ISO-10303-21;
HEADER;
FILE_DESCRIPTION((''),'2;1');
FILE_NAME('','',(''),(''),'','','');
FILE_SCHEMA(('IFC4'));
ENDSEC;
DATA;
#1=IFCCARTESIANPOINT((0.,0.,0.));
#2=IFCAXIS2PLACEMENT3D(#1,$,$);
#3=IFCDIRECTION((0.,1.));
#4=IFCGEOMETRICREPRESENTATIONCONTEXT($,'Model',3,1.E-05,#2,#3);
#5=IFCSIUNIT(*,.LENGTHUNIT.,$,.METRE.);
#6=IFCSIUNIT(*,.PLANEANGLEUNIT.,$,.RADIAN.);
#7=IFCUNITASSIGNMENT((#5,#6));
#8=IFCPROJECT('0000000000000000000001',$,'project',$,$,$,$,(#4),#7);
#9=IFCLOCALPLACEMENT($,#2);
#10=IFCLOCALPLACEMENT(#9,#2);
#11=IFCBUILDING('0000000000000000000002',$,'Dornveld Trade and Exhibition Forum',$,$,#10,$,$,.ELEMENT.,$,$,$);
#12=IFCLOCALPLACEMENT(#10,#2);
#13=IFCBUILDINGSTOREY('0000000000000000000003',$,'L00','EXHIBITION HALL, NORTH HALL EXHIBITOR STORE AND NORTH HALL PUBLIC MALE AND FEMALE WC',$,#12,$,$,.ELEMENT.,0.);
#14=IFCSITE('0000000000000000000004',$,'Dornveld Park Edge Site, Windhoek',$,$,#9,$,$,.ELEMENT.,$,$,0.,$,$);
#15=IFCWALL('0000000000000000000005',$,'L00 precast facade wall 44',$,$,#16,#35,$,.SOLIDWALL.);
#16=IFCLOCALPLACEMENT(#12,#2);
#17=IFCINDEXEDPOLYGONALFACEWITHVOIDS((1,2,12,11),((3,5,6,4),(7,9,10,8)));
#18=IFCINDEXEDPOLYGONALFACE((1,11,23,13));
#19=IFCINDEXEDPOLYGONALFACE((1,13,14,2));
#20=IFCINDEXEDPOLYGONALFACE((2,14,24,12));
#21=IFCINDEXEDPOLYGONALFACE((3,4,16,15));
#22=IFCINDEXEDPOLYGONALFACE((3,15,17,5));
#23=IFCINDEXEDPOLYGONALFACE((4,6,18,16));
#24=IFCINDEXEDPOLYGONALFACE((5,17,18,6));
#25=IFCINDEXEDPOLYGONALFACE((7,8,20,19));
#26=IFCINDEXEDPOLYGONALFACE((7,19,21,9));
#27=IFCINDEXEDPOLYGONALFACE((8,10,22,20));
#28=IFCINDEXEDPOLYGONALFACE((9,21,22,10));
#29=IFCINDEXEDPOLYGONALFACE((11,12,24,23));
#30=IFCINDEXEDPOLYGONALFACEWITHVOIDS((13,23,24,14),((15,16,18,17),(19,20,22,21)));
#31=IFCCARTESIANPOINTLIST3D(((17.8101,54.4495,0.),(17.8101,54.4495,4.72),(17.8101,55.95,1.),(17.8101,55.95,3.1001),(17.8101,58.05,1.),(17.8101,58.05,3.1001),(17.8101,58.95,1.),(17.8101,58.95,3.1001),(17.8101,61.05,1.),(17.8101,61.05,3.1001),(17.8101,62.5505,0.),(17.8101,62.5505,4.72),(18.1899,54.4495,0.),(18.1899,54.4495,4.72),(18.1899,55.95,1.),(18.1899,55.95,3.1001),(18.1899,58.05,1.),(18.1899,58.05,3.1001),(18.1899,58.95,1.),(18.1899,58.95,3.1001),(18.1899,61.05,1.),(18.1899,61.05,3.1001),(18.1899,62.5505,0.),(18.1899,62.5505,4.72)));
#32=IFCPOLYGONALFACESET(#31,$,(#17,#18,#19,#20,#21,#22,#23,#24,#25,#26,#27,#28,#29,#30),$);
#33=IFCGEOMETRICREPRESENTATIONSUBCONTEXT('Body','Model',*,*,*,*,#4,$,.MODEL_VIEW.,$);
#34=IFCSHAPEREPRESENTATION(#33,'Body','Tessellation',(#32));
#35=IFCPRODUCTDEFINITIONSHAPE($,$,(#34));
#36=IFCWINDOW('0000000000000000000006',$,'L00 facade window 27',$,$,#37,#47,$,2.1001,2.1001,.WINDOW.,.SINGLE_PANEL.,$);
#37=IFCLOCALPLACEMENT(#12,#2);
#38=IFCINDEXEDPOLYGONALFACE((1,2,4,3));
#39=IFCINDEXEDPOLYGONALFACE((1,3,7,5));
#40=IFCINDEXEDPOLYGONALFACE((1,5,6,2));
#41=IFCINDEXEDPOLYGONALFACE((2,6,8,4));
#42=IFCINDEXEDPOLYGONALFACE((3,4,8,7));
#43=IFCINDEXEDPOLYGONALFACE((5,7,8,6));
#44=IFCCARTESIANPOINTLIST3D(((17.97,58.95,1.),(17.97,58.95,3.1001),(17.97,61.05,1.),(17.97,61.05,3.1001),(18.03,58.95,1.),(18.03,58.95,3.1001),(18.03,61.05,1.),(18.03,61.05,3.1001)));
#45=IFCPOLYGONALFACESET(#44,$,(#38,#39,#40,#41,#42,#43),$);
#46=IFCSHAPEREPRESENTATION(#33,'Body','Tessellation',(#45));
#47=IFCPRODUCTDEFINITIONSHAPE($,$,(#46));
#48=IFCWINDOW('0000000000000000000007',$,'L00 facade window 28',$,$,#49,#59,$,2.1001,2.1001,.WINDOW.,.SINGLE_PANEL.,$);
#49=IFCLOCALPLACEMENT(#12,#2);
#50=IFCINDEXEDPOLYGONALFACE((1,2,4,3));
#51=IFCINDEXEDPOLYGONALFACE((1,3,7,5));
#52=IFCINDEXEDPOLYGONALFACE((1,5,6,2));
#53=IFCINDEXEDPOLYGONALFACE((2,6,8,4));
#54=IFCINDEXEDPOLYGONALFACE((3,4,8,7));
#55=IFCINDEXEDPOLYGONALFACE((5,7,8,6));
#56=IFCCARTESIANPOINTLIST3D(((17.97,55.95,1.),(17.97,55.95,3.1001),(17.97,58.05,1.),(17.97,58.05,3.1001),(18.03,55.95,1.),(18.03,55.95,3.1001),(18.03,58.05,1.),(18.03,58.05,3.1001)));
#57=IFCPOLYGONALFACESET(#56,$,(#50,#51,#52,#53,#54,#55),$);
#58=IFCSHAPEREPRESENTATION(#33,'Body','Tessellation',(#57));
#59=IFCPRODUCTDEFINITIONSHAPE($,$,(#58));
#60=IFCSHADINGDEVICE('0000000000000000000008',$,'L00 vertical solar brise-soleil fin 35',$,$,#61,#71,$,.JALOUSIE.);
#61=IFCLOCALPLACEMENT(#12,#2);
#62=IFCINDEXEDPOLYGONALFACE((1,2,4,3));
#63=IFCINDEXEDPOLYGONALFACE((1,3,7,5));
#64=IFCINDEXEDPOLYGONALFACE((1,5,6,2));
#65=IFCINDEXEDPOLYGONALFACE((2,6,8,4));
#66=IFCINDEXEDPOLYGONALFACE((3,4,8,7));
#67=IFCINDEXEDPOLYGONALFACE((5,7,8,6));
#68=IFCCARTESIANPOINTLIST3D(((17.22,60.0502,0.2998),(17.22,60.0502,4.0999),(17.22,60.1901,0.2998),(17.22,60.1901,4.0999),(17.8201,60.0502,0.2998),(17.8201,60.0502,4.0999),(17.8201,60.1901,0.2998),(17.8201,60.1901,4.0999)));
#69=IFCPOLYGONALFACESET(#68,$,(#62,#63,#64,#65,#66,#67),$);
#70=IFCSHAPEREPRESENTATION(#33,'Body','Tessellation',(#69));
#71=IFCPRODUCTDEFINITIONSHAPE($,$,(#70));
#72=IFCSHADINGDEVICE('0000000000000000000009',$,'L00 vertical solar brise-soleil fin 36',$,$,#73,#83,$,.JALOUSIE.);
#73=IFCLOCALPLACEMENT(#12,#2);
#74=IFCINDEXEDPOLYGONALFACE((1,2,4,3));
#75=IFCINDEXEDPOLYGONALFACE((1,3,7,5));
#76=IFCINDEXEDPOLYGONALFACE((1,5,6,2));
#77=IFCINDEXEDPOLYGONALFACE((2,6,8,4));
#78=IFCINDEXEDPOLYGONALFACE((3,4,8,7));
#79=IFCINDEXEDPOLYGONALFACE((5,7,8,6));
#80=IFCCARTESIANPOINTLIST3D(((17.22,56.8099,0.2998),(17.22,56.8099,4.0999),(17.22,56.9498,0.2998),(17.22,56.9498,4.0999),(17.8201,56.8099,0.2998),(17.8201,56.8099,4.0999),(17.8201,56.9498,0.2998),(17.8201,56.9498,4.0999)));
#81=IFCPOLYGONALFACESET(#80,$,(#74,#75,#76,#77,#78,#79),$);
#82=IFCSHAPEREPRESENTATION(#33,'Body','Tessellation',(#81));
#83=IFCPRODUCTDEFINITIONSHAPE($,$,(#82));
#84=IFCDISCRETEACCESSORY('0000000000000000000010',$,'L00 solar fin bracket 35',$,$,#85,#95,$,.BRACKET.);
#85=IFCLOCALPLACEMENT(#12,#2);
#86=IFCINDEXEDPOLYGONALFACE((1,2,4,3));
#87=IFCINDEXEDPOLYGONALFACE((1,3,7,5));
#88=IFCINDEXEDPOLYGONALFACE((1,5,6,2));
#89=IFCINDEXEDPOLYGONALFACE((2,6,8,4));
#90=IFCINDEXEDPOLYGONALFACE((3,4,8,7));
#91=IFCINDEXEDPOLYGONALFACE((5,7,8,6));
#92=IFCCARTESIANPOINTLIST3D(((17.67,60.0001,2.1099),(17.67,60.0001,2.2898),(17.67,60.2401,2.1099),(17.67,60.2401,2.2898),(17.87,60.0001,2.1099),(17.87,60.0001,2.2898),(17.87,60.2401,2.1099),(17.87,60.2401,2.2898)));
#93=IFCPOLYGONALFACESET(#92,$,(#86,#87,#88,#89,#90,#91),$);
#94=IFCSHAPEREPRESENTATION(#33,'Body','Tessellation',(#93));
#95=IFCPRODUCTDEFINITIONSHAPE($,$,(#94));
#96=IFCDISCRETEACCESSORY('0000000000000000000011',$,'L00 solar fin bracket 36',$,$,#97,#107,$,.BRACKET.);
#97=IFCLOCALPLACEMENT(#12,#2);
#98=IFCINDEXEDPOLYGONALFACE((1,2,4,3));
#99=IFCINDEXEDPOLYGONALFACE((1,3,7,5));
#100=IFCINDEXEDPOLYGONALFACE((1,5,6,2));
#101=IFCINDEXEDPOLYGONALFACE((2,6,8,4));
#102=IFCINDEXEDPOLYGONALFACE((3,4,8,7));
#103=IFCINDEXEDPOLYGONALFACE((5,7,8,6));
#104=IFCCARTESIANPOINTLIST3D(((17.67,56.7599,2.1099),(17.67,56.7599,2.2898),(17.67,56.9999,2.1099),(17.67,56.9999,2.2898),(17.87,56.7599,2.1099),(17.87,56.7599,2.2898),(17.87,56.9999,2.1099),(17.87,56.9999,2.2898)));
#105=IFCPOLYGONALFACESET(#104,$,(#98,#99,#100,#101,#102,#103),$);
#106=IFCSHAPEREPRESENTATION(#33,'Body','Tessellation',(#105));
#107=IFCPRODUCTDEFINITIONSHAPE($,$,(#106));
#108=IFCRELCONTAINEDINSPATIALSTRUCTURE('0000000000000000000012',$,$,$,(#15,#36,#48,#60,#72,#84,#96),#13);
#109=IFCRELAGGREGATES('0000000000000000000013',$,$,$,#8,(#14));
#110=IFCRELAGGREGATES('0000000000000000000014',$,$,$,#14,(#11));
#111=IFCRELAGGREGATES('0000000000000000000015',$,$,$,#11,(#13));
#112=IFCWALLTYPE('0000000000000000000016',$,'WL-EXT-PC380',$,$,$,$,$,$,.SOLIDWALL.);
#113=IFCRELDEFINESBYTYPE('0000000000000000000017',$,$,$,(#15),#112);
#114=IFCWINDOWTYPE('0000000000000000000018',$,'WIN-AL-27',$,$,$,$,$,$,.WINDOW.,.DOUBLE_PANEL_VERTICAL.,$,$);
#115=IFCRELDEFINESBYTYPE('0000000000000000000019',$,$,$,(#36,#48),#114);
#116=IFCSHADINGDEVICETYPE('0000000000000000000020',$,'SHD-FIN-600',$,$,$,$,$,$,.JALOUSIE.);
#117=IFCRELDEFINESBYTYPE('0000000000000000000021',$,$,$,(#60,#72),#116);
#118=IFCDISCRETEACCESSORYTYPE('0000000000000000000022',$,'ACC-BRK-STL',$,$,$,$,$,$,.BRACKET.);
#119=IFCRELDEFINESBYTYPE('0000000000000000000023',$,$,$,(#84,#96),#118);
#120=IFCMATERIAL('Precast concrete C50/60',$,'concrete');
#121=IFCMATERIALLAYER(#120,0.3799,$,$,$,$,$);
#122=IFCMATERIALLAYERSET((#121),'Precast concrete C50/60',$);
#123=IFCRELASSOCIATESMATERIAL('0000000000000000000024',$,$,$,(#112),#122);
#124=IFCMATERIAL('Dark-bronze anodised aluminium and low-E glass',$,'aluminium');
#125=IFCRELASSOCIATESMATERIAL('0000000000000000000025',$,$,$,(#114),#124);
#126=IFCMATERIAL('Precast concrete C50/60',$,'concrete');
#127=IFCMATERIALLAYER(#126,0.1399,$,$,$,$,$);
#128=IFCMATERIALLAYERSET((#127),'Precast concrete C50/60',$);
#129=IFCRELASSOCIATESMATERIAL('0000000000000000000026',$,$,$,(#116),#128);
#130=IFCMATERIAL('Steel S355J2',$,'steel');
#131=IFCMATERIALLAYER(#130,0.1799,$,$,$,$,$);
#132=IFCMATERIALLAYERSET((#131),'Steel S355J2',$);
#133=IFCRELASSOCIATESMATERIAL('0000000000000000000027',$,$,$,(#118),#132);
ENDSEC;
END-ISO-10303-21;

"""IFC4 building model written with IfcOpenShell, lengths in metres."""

from ifc_helpers import new_model, si_unit, direction, frame, frame_2d, origin, origin_2d, place, context, subcontext, project, spatial, rectangle, extrude, material, layer, layer_set, type_object, element, fill, save


model = new_model("IFC4")

# Units and contexts
model_context = context("Model", 3, precision=1e-05, world=origin(), true_north=direction((0.0, 1.0)))
body_context = subcontext(model_context, "Body", "Model", "MODEL_VIEW")
ifc_project = project(units=[si_unit("LENGTHUNIT", "METRE"), si_unit("PLANEANGLEUNIT", "RADIAN")], contexts=[model_context])

# Site, building, storey
site_placement = place(None, origin())
site = spatial("IfcSite", under=ifc_project, at=site_placement, Name="Dornveld Park Edge Site, Windhoek", CompositionType="ELEMENT", RefElevation=0.0)
building_placement = place(site_placement, origin())
building = spatial("IfcBuilding", under=site, at=building_placement, Name="Dornveld Trade and Exhibition Forum", CompositionType="ELEMENT")
storey_placement = place(building_placement, origin())
storey = spatial("IfcBuildingStorey", under=building, at=storey_placement, Name="L00", Description="EXHIBITION HALL, NORTH HALL EXHIBITOR STORE AND NORTH HALL PUBLIC MALE AND FEMALE WC", CompositionType="ELEMENT", Elevation=0.0)

# Wall, openings, windows
ifc_material_1 = material(Name="Precast concrete C50/60", Category="concrete")
ifc_layer_1 = layer(ifc_material_1, 0.3799)
ifc_layer_set_1 = layer_set([ifc_layer_1], Name="Precast concrete C50/60")
wall_type_1 = type_object("IfcWallType", Name="WL-EXT-PC380", PredefinedType="SOLIDWALL", material=ifc_layer_set_1)
wall_1_placement = place(storey_placement, frame((18.0, 62.5505, 0.0), z_axis=(0.0, 0.0, 1.0), x_axis=(0.0, -1.0, 0.0)))
wall_1 = element("IfcWall", 1, at=wall_1_placement, inside=storey, type_object=wall_type_1, Name="L00 precast facade wall 44", PredefinedType="SOLIDWALL", context=body_context, shape_type="SweptSolid", body=[
    extrude(rectangle(XDim=8.1011, YDim=0.3799, at=frame_2d((4.0505, 0.0))), origin(), (0.0, 0.0, 1.0), 4.72),
])
opening_1_placement = place(wall_1_placement, frame((1.5005, 0.0, 1.0)))
opening_1 = element("IfcOpeningElement", 2, at=opening_1_placement, cuts=wall_1, PredefinedType="OPENING", context=body_context, shape_type="SweptSolid", body=[
    extrude(rectangle(XDim=2.1001, YDim=2.1001, at=frame_2d((1.05, 1.05))), frame((0.0, 0.2, 0.0), z_axis=(0.0, -1.0, 0.0), x_axis=(1.0, 0.0, 0.0)), (0.0, 0.0, 1.0), 0.3999),
])
opening_2_placement = place(wall_1_placement, frame((4.5005, 0.0, 1.0)))
opening_2 = element("IfcOpeningElement", 3, at=opening_2_placement, cuts=wall_1, PredefinedType="OPENING", context=body_context, shape_type="SweptSolid", body=[
    extrude(rectangle(XDim=2.1001, YDim=2.1001, at=frame_2d((1.05, 1.05))), frame((0.0, 0.2, 0.0), z_axis=(0.0, -1.0, 0.0), x_axis=(1.0, 0.0, 0.0)), (0.0, 0.0, 1.0), 0.3999),
])
ifc_material_2 = material(Name="Dark-bronze anodised aluminium and low-E glass", Category="aluminium")
window_type = type_object("IfcWindowType", Name="WIN-AL-27", PartitioningType="DOUBLE_PANEL_VERTICAL", PredefinedType="WINDOW", material=ifc_material_2)
window_1_placement = place(opening_1_placement, origin())
window_1 = element("IfcWindow", 4, at=window_1_placement, inside=storey, type_object=window_type, Name="L00 facade window 27", OverallHeight=2.1001, OverallWidth=2.1001, PartitioningType="SINGLE_PANEL", PredefinedType="WINDOW", context=body_context, shape_type="SweptSolid", body=[
    extrude(rectangle(XDim=2.1001, YDim=2.1001, at=frame_2d((1.05, 1.05))), frame((0.0, 0.03, 0.0), z_axis=(0.0, -1.0, 0.0), x_axis=(1.0, 0.0, 0.0)), (0.0, 0.0, 1.0), 0.0601),
])
fill(opening_1, window_1)
window_2_placement = place(opening_2_placement, origin())
window_2 = element("IfcWindow", 5, at=window_2_placement, inside=storey, type_object=window_type, Name="L00 facade window 28", OverallHeight=2.1001, OverallWidth=2.1001, PartitioningType="SINGLE_PANEL", PredefinedType="WINDOW", context=body_context, shape_type="SweptSolid", body=[
    extrude(rectangle(XDim=2.1001, YDim=2.1001, at=frame_2d((1.05, 1.05))), frame((0.0, 0.03, 0.0), z_axis=(0.0, -1.0, 0.0), x_axis=(1.0, 0.0, 0.0)), (0.0, 0.0, 1.0), 0.0601),
])
fill(opening_2, window_2)

# Shading devices
ifc_material_3 = material(Name="Precast concrete C50/60", Category="concrete")
ifc_layer_2 = layer(ifc_material_3, 0.1399)
ifc_layer_set_2 = layer_set([ifc_layer_2], Name="Precast concrete C50/60")
shading_device_type = type_object("IfcShadingDeviceType", Name="SHD-FIN-600", PredefinedType="JALOUSIE", material=ifc_layer_set_2)
for number, where, z_axis, x_axis, name in (
    (6, (17.52, 60.1201, 0.2998), (0.0, 0.0, 1.0), (0.0, -1.0, 0.0), "L00 vertical solar brise-soleil fin 35"),
    (7, (17.52, 56.8799, 0.2998), (0.0, 0.0, 1.0), (0.0, -1.0, 0.0), "L00 vertical solar brise-soleil fin 36"),
):
    element("IfcShadingDevice", number, at=place(storey_placement, frame(where, z_axis=z_axis, x_axis=x_axis)), inside=storey, type_object=shading_device_type, Name=name, PredefinedType="JALOUSIE", context=body_context, shape_type="SweptSolid", body=[
        extrude(rectangle(XDim=0.1399, YDim=0.6001, at=origin_2d()), origin(), (0.0, 0.0, 1.0), 3.8),
    ])

# Discrete accessories
ifc_material_4 = material(Name="Steel S355J2", Category="steel")
ifc_layer_3 = layer(ifc_material_4, 0.1799)
ifc_layer_set_3 = layer_set([ifc_layer_3], Name="Steel S355J2")
discrete_accessory_type = type_object("IfcDiscreteAccessoryType", Name="ACC-BRK-STL", PredefinedType="BRACKET", material=ifc_layer_set_3)
for number, where, z_axis, x_axis, name in (
    (8, (17.77, 60.1201, 2.1099), (0.0, 0.0, 1.0), (0.0, -1.0, 0.0), "L00 solar fin bracket 35"),
    (9, (17.77, 56.8799, 2.1099), (0.0, 0.0, 1.0), (0.0, -1.0, 0.0), "L00 solar fin bracket 36"),
):
    element("IfcDiscreteAccessory", number, at=place(storey_placement, frame(where, z_axis=z_axis, x_axis=x_axis)), inside=storey, type_object=discrete_accessory_type, Name=name, PredefinedType="BRACKET", context=body_context, shape_type="SweptSolid", body=[
        extrude(rectangle(XDim=0.24, YDim=0.2, at=origin_2d()), origin(), (0.0, 0.0, 1.0), 0.1799),
    ])

save(model, "model.ifc")
